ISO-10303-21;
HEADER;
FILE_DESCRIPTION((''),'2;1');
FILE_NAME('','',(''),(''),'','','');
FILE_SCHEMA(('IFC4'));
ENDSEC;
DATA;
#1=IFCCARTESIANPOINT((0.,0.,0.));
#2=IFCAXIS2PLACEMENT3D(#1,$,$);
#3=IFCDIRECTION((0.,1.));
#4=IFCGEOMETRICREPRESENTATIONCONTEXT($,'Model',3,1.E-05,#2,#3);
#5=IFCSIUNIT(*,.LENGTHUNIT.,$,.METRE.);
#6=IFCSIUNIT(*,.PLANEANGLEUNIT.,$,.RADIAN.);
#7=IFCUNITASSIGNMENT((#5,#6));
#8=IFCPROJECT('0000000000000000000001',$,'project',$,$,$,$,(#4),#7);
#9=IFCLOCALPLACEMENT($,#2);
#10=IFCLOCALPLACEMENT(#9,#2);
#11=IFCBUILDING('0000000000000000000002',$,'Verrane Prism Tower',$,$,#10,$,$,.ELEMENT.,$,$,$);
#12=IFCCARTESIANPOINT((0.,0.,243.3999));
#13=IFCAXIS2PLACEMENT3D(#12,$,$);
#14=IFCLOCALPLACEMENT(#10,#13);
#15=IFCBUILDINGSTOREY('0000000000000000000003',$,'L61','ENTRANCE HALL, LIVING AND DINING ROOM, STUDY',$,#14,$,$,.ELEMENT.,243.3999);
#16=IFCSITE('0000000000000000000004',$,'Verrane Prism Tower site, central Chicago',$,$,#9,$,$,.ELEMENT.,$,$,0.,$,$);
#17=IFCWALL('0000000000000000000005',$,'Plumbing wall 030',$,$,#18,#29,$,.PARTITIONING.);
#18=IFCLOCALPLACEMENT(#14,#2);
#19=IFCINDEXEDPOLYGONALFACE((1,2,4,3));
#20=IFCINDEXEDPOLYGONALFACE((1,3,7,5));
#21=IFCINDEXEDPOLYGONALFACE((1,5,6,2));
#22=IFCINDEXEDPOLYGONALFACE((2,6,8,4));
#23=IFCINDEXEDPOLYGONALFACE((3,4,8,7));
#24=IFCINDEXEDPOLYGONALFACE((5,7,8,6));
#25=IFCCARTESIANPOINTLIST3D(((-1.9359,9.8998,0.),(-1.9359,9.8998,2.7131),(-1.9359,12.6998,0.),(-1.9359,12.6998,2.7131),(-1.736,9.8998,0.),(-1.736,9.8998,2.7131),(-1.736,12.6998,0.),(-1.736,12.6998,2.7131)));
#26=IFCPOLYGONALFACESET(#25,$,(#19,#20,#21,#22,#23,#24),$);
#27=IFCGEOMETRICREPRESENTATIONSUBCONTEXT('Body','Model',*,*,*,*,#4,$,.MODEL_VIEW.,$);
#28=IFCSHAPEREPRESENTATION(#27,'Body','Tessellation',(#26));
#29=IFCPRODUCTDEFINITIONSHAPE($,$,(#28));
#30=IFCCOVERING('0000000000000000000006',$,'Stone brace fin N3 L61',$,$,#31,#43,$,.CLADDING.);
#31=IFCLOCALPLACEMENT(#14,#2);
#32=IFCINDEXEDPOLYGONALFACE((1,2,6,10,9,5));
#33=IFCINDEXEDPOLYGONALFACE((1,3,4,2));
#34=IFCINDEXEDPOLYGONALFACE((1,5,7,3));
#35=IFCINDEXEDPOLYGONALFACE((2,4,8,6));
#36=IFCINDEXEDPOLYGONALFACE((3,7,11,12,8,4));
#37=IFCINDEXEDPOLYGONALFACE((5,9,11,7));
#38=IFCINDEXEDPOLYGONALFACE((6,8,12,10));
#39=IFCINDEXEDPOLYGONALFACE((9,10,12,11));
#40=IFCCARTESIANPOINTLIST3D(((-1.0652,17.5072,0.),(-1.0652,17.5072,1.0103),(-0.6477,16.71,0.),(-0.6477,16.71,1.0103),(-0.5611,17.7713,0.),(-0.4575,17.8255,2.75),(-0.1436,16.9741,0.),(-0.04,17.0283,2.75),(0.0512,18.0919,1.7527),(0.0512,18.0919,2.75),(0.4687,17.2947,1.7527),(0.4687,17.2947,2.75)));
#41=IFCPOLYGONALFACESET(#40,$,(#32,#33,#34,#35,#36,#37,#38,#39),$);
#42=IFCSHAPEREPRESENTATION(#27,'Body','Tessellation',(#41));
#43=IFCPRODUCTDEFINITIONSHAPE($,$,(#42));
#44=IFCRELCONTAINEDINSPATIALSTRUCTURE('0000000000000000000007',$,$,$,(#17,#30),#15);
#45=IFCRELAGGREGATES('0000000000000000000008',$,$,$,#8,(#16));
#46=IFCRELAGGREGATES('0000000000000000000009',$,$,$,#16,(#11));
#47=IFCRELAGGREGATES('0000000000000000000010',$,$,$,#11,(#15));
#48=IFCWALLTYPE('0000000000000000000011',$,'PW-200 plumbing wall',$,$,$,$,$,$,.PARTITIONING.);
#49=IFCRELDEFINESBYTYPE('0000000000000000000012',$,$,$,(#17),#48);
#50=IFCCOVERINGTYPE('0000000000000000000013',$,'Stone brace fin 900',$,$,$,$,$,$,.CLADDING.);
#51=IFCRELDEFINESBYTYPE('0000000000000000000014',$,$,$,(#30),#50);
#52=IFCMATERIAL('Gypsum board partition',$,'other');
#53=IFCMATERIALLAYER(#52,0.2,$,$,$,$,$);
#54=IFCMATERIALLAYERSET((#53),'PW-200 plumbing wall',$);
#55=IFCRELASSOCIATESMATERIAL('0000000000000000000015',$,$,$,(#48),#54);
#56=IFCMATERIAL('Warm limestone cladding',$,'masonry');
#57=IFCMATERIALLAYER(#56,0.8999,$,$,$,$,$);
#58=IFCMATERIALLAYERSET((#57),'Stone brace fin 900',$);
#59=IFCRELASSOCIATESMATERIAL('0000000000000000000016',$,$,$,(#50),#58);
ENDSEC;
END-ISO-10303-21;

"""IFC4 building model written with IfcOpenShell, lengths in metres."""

from ifc_helpers import new_model, si_unit, direction, frame, frame_2d, origin, place, context, subcontext, project, spatial, polyline, rectangle, outline, extrude, material, layer, layer_set, type_object, element, save


model = new_model("IFC4")

# Units and contexts
model_context = context("Model", 3, precision=1e-05, world=origin(), true_north=direction((0.0, 1.0)))
body_context = subcontext(model_context, "Body", "Model", "MODEL_VIEW")
ifc_project = project(units=[si_unit("LENGTHUNIT", "METRE"), si_unit("PLANEANGLEUNIT", "RADIAN")], contexts=[model_context])

# Site, building, storey
site_placement = place(None, origin())
site = spatial("IfcSite", under=ifc_project, at=site_placement, Name="Verrane Prism Tower site, central Chicago", CompositionType="ELEMENT", RefElevation=0.0)
building_placement = place(site_placement, origin())
building = spatial("IfcBuilding", under=site, at=building_placement, Name="Verrane Prism Tower", CompositionType="ELEMENT")
storey_placement = place(building_placement, frame((0.0, 0.0, 243.3999)))
storey = spatial("IfcBuildingStorey", under=building, at=storey_placement, Name="L61", Description="ENTRANCE HALL, LIVING AND DINING ROOM, STUDY", CompositionType="ELEMENT", Elevation=243.3999)

# Shared definitions
ifc_material_1 = material(Name="Gypsum board partition", Category="other")
ifc_layer_1 = layer(ifc_material_1, 0.2)
ifc_layer_set_1 = layer_set([ifc_layer_1], Name="PW-200 plumbing wall")
wall_type_1 = type_object("IfcWallType", Name="PW-200 plumbing wall", PredefinedType="PARTITIONING", material=ifc_layer_set_1)

# Wall
wall_1_placement = place(storey_placement, frame((-1.8359, 9.8999, 0.0), z_axis=(0.0, 0.0, 1.0), x_axis=(0.0, 1.0, 0.0)))
element("IfcWall", 1, at=wall_1_placement, inside=storey, type_object=wall_type_1, Name="Plumbing wall 030", PredefinedType="PARTITIONING", context=body_context, shape_type="SweptSolid", body=[
    extrude(rectangle(XDim=2.8, YDim=0.2, at=frame_2d((1.3999, 0.0))), origin(), (0.0, 0.0, 1.0), 2.7131),
])

# Covering
ifc_material_2 = material(Name="Warm limestone cladding", Category="masonry")
ifc_layer_2 = layer(ifc_material_2, 0.8999)
ifc_layer_set_2 = layer_set([ifc_layer_2], Name="Stone brace fin 900")
covering_type = type_object("IfcCoveringType", Name="Stone brace fin 900", PredefinedType="CLADDING", material=ifc_layer_set_2)
covering_placement = place(storey_placement, frame((-0.8564, 17.1086, 0.0), z_axis=(0.0, 0.0, 1.0), x_axis=(0.885862, 0.463949, 0.0)))
element("IfcCovering", 2, at=covering_placement, inside=storey, type_object=covering_type, Name="Stone brace fin N3 L61", PredefinedType="CLADDING", context=body_context, shape_type="SweptSolid", body=[
    extrude(outline(polyline([(1.2603, 2.75), (0.686, 2.75), (0.0, 1.0103), (0.0, 0.0), (0.5691, 0.0), (1.2603, 1.7527), (1.2603, 2.75)])), frame((0.0, 0.45, 0.0), z_axis=(0.0, -1.0, 0.0), x_axis=(1.0, 0.0, 0.0)), (0.0, 0.0, 1.0), 0.8999),
])

save(model, "model.ifc")
